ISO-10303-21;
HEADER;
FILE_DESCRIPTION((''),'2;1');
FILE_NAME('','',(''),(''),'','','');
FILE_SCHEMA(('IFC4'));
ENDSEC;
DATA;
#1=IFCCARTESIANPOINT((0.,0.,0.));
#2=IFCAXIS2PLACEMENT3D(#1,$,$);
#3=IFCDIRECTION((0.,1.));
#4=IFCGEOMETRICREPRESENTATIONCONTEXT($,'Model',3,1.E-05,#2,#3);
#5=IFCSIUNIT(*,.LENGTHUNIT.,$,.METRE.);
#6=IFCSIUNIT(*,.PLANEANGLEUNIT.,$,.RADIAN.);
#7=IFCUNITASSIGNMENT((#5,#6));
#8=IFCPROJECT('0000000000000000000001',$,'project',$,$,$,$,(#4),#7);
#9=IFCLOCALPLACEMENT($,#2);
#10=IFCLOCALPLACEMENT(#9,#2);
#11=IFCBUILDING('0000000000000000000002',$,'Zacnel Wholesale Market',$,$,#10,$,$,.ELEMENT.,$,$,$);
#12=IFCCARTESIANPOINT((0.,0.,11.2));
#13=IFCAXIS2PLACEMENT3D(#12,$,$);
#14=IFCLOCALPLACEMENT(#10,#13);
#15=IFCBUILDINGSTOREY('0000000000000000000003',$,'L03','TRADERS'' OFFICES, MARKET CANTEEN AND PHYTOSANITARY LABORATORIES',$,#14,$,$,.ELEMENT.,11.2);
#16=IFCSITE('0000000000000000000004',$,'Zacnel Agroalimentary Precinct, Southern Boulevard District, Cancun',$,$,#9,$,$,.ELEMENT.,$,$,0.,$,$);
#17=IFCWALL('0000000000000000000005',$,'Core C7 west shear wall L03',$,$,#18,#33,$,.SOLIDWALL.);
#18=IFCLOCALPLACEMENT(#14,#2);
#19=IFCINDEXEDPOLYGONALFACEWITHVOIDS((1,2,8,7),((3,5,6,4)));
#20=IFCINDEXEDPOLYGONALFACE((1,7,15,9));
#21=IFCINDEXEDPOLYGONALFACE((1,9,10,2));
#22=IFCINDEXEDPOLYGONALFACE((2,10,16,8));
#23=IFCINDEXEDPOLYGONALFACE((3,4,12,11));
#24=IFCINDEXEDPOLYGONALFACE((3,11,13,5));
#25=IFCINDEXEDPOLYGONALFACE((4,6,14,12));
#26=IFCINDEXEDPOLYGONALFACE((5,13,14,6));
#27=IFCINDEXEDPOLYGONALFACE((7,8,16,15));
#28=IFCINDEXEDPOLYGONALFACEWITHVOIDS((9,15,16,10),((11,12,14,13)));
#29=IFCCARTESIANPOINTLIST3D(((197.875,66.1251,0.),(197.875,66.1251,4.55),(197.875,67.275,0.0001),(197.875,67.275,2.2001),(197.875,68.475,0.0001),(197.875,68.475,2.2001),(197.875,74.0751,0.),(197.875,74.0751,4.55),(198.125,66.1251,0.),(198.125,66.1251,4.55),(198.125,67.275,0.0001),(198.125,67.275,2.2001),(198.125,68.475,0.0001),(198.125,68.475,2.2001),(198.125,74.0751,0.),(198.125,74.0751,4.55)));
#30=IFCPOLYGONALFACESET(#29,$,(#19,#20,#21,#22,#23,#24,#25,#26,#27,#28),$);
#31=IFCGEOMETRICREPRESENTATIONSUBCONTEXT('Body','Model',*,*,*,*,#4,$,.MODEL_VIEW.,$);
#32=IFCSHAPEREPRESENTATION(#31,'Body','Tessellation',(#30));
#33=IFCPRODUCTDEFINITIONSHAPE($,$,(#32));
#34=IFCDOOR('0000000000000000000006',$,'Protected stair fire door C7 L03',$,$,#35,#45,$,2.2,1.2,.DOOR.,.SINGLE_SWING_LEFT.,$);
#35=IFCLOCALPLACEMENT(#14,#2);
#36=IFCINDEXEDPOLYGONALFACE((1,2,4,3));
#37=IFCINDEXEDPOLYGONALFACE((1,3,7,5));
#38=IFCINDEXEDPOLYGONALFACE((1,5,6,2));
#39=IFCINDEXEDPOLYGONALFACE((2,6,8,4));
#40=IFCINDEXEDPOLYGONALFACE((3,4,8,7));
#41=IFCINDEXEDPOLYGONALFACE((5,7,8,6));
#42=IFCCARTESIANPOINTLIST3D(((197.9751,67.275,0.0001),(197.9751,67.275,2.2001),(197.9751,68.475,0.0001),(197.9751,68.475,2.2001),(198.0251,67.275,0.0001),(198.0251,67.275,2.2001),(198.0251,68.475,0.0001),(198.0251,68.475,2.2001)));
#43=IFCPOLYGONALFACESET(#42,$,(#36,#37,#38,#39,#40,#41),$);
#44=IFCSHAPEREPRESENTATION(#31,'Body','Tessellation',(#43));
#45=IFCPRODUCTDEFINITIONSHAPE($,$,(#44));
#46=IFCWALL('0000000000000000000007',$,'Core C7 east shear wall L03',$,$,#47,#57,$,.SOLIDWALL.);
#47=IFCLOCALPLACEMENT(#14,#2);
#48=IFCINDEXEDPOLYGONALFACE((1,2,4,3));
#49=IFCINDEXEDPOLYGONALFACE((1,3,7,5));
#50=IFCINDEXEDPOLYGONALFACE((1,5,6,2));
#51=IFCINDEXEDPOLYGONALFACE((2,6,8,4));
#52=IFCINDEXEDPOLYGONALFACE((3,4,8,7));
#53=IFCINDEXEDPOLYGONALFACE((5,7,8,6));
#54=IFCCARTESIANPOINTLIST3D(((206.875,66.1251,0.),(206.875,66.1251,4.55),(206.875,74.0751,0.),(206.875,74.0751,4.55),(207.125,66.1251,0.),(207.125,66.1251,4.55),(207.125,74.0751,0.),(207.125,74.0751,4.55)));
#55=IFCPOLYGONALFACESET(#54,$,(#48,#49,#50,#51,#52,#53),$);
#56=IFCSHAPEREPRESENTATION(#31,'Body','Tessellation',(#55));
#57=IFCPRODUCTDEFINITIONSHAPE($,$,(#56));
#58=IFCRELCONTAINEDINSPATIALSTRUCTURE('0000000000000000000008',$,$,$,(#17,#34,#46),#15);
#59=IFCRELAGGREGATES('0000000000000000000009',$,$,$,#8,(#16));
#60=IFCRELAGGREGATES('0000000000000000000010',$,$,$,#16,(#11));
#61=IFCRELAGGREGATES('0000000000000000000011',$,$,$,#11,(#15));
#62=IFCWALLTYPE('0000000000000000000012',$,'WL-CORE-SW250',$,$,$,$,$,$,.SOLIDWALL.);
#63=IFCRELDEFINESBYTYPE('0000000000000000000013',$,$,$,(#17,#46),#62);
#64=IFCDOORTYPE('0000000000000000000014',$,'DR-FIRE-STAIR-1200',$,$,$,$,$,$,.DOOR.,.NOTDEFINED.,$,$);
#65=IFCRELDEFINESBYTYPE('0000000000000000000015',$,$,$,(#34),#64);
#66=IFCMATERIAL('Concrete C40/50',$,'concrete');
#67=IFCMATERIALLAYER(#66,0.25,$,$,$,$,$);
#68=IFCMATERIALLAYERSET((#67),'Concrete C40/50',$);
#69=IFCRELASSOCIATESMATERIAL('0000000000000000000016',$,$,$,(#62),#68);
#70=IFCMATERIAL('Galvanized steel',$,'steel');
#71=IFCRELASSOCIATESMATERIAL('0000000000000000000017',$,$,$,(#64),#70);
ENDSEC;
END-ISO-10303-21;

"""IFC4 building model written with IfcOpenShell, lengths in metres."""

from ifc_helpers import new_model, si_unit, direction, frame, frame_2d, origin, place, context, subcontext, project, spatial, rectangle, extrude, material, layer, layer_set, type_object, element, fill, save


model = new_model("IFC4")

# Units and contexts
model_context = context("Model", 3, precision=1e-05, world=origin(), true_north=direction((0.0, 1.0)))
body_context = subcontext(model_context, "Body", "Model", "MODEL_VIEW")
ifc_project = project(units=[si_unit("LENGTHUNIT", "METRE"), si_unit("PLANEANGLEUNIT", "RADIAN")], contexts=[model_context])

# Site, building, storey
site_placement = place(None, origin())
site = spatial("IfcSite", under=ifc_project, at=site_placement, Name="Zacnel Agroalimentary Precinct, Southern Boulevard District, Cancun", CompositionType="ELEMENT", RefElevation=0.0)
building_placement = place(site_placement, origin())
building = spatial("IfcBuilding", under=site, at=building_placement, Name="Zacnel Wholesale Market", CompositionType="ELEMENT")
storey_placement = place(building_placement, frame((0.0, 0.0, 11.2)))
storey = spatial("IfcBuildingStorey", under=building, at=storey_placement, Name="L03", Description="TRADERS' OFFICES, MARKET CANTEEN AND PHYTOSANITARY LABORATORIES", CompositionType="ELEMENT", Elevation=11.2)

# Wall, opening, door
ifc_material_1 = material(Name="Concrete C40/50", Category="concrete")
ifc_layer = layer(ifc_material_1, 0.25)
ifc_layer_set = layer_set([ifc_layer], Name="Concrete C40/50")
wall_type = type_object("IfcWallType", Name="WL-CORE-SW250", PredefinedType="SOLIDWALL", material=ifc_layer_set)
wall_1_placement = place(storey_placement, frame((198.0, 66.125, 0.0), z_axis=(0.0, 0.0, 1.0), x_axis=(0.0, 1.0, 0.0)))
wall_1 = element("IfcWall", 1, at=wall_1_placement, inside=storey, type_object=wall_type, Name="Core C7 west shear wall L03", PredefinedType="SOLIDWALL", context=body_context, shape_type="SweptSolid", body=[
    extrude(rectangle(XDim=7.95, YDim=0.25, at=frame_2d((3.9751, 0.0))), origin(), (0.0, 0.0, 1.0), 4.55),
])
opening_placement = place(wall_1_placement, frame((1.1499, 0.0, 0.0)))
opening = element("IfcOpeningElement", 2, at=opening_placement, cuts=wall_1, PredefinedType="OPENING", context=body_context, shape_type="SweptSolid", body=[
    extrude(rectangle(XDim=1.2, YDim=2.2, at=frame_2d((0.6001, 1.1001))), frame((0.0, 0.135, 0.0), z_axis=(0.0, -1.0, 0.0), x_axis=(1.0, 0.0, 0.0)), (0.0, 0.0, 1.0), 0.27),
])
ifc_material_2 = material(Name="Galvanized steel", Category="steel")
door_type = type_object("IfcDoorType", Name="DR-FIRE-STAIR-1200", OperationType="NOTDEFINED", PredefinedType="DOOR", material=ifc_material_2)
door_placement = place(opening_placement, origin())
door = element("IfcDoor", 3, at=door_placement, inside=storey, type_object=door_type, Name="Protected stair fire door C7 L03", OperationType="SINGLE_SWING_LEFT", OverallHeight=2.2, OverallWidth=1.2, PredefinedType="DOOR", context=body_context, shape_type="SweptSolid", body=[
    extrude(rectangle(XDim=1.2, YDim=2.2, at=frame_2d((0.6001, 1.1001))), frame((0.0, 0.0249, 0.0), z_axis=(0.0, -1.0, 0.0), x_axis=(1.0, 0.0, 0.0)), (0.0, 0.0, 1.0), 0.05),
])
fill(opening, door)

# Wall
wall_2_placement = place(storey_placement, frame((207.0, 66.125, 0.0), z_axis=(0.0, 0.0, 1.0), x_axis=(0.0, 1.0, 0.0)))
element("IfcWall", 4, at=wall_2_placement, inside=storey, type_object=wall_type, Name="Core C7 east shear wall L03", PredefinedType="SOLIDWALL", context=body_context, shape_type="SweptSolid", body=[
    extrude(rectangle(XDim=7.95, YDim=0.25, at=frame_2d((3.9751, 0.0))), origin(), (0.0, 0.0, 1.0), 4.55),
])

save(model, "model.ifc")
